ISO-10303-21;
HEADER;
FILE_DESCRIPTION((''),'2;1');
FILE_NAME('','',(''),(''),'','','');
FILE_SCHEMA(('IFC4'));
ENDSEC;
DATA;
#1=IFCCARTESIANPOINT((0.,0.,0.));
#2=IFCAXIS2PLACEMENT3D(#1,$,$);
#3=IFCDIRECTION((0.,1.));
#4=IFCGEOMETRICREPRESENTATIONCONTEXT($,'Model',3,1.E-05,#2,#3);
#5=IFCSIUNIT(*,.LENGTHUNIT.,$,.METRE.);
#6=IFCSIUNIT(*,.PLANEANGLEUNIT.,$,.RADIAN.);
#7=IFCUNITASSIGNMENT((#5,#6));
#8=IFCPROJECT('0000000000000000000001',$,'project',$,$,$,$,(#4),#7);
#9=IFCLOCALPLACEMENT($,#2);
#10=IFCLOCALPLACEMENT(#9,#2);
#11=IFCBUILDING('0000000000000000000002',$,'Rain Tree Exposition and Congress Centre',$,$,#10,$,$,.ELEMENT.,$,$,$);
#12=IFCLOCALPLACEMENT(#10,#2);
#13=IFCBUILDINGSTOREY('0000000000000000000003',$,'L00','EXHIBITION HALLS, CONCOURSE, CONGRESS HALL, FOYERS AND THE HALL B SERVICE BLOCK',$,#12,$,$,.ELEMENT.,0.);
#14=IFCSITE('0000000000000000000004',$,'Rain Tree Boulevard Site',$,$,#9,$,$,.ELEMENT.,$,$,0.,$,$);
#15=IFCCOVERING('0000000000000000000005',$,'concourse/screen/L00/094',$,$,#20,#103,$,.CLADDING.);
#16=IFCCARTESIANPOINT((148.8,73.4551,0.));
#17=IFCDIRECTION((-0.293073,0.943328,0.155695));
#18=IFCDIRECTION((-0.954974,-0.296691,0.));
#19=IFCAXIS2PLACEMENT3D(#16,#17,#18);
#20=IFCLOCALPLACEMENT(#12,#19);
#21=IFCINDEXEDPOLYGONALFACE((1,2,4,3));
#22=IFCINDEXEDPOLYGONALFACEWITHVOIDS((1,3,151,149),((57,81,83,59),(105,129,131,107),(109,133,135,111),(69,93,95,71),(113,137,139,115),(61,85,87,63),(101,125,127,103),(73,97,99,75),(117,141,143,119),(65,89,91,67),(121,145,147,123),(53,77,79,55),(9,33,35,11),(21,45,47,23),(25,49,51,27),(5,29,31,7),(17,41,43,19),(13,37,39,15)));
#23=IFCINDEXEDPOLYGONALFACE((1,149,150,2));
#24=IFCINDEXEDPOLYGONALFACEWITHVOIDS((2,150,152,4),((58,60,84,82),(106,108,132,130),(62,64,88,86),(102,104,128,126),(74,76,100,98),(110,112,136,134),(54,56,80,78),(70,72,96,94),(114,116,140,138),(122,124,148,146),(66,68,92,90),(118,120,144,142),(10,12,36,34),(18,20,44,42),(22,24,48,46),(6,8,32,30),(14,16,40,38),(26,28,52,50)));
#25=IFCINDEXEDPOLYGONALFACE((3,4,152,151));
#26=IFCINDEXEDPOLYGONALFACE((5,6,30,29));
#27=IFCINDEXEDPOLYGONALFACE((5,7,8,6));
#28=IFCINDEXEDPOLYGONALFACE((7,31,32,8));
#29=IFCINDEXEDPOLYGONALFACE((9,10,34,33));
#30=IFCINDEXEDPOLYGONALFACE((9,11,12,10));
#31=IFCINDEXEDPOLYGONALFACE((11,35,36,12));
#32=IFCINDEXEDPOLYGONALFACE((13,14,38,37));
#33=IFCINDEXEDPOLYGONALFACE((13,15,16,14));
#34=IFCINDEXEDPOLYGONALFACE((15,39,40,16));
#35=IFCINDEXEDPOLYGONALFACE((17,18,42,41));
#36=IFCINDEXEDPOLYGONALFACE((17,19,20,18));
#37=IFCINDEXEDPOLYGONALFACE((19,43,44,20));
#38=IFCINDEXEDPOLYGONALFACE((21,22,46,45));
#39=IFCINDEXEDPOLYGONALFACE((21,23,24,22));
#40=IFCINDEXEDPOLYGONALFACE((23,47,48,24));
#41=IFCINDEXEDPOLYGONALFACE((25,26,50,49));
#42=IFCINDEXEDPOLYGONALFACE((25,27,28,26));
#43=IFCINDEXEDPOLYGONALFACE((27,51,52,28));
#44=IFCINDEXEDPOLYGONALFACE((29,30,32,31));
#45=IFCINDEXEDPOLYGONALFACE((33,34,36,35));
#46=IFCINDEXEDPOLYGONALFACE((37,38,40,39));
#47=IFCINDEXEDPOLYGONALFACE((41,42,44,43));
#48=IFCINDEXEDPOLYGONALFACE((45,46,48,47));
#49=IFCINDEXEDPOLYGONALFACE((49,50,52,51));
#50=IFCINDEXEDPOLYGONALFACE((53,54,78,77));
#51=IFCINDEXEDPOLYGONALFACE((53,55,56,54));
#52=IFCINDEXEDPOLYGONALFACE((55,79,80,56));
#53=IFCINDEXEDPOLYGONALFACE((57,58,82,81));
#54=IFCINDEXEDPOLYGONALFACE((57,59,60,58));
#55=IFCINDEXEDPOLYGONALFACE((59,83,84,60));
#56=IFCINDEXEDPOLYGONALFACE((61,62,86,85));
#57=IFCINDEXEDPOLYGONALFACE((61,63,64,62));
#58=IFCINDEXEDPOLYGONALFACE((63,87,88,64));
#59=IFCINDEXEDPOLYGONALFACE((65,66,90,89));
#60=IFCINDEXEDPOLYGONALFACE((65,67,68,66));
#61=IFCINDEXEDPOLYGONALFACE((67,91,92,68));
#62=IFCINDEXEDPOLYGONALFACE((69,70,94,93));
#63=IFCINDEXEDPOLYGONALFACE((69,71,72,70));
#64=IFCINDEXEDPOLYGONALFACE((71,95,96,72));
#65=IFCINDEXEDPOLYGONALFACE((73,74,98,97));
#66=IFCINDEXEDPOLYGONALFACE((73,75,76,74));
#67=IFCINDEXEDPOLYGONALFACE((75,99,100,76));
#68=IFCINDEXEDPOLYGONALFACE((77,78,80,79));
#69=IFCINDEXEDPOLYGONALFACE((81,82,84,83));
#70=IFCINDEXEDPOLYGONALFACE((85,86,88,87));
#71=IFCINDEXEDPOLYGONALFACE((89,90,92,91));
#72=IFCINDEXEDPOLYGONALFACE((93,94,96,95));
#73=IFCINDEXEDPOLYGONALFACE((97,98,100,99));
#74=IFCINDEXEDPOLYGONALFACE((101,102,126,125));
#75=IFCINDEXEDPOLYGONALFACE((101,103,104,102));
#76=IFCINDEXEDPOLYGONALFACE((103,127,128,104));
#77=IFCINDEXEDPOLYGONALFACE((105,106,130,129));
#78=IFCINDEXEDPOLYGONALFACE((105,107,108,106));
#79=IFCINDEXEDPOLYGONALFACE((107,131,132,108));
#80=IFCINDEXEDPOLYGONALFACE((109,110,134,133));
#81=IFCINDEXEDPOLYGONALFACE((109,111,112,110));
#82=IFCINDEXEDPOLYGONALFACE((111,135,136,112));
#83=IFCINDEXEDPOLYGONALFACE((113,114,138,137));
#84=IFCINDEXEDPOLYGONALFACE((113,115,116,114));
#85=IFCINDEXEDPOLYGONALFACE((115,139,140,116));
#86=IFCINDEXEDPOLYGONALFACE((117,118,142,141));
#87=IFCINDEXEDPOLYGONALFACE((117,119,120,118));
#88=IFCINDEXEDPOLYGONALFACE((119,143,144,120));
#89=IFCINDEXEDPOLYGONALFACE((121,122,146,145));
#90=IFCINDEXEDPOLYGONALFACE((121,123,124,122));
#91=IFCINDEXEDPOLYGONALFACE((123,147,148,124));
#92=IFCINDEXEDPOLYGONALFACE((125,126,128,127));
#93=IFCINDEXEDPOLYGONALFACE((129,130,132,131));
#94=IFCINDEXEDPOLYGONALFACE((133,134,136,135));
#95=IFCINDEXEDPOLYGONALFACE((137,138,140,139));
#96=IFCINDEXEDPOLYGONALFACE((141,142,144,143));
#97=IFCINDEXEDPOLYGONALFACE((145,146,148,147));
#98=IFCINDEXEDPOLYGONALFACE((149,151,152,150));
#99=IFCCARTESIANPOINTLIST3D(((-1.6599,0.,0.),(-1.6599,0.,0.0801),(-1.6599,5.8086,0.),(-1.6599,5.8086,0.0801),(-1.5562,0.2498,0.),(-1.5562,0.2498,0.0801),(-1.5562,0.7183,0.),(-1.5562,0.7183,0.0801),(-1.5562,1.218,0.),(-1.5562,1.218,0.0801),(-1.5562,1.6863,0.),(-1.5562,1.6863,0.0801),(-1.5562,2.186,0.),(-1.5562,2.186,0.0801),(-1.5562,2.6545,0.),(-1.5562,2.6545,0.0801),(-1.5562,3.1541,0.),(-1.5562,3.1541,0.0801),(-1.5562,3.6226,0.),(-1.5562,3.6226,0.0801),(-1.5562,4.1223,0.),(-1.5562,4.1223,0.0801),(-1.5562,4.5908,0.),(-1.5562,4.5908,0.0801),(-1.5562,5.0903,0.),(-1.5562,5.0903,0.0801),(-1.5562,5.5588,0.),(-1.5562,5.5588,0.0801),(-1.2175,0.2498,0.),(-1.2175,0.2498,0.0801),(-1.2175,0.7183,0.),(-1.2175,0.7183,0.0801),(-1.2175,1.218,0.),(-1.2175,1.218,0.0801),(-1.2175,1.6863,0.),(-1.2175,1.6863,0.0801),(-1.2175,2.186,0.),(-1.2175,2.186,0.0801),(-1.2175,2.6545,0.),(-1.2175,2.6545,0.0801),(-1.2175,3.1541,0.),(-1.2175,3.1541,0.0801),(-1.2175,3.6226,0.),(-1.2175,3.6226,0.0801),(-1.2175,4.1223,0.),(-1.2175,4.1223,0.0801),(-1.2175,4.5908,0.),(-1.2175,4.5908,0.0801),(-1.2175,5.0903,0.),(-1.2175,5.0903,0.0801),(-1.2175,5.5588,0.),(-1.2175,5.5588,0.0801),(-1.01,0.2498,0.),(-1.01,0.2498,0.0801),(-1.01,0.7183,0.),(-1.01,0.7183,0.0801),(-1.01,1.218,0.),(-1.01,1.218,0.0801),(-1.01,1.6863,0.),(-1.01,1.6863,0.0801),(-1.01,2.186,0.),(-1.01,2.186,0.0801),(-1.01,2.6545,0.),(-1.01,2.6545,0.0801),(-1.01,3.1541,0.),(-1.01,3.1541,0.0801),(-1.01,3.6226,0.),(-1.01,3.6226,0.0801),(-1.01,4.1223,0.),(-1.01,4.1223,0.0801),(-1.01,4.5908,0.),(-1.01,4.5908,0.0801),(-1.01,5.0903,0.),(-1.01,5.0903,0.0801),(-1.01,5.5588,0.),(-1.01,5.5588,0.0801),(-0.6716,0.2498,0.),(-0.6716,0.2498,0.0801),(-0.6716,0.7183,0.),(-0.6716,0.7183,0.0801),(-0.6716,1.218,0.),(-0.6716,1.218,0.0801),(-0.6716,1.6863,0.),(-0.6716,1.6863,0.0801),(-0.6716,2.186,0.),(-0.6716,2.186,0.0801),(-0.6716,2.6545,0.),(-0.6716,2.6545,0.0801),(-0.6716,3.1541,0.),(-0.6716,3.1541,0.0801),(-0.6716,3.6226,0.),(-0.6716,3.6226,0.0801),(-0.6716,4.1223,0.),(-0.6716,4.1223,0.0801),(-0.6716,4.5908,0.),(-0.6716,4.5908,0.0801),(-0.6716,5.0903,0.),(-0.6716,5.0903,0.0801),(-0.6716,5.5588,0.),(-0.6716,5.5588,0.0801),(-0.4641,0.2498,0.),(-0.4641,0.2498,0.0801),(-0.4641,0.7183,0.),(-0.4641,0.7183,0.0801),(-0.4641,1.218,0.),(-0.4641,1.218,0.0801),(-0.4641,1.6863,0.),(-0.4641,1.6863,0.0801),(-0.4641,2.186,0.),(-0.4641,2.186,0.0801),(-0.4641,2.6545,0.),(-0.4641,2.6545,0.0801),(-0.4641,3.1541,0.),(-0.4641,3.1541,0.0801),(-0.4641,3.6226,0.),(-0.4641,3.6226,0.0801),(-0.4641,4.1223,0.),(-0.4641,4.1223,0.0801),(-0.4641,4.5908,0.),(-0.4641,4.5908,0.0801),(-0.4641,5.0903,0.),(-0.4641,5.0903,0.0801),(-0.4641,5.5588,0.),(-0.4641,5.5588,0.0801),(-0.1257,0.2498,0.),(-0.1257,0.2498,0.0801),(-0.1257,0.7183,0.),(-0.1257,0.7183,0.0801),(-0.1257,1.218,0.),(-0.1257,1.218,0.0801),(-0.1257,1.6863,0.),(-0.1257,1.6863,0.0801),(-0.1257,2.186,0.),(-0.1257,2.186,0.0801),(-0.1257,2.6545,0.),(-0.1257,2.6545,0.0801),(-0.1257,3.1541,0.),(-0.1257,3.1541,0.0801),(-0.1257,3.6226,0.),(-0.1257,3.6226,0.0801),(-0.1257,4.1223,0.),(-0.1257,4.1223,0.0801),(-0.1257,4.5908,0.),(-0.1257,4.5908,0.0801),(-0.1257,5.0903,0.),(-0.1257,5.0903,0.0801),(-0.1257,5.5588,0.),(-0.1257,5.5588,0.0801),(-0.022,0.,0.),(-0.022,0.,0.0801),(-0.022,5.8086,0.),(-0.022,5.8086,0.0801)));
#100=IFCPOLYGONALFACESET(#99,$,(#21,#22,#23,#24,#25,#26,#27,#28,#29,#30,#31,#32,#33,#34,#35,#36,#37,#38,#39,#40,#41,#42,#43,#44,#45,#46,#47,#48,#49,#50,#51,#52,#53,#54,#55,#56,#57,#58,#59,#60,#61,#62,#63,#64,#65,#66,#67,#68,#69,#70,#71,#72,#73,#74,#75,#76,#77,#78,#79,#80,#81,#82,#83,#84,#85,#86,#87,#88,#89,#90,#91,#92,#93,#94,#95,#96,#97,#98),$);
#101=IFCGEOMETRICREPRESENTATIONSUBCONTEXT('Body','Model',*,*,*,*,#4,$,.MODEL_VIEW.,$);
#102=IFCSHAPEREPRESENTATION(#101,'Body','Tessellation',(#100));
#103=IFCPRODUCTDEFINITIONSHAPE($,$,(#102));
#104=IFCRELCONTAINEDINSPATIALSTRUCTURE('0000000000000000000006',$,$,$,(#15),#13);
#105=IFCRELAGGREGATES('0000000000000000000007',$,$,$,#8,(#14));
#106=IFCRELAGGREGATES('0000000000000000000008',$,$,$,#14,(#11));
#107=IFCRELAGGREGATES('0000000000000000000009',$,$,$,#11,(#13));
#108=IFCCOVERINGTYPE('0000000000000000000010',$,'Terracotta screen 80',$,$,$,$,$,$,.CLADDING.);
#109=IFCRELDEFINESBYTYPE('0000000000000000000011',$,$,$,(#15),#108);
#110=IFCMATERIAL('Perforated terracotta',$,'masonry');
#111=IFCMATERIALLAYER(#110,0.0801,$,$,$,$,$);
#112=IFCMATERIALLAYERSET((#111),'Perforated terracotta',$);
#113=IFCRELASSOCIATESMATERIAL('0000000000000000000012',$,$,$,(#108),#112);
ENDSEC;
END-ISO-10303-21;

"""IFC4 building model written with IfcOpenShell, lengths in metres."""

from ifc_helpers import new_model, si_unit, direction, frame, origin, place, context, subcontext, project, spatial, polyline, outline, extrude, material, layer, layer_set, type_object, element, save


model = new_model("IFC4")

# Units and contexts
model_context = context("Model", 3, precision=1e-05, world=origin(), true_north=direction((0.0, 1.0)))
body_context = subcontext(model_context, "Body", "Model", "MODEL_VIEW")
ifc_project = project(units=[si_unit("LENGTHUNIT", "METRE"), si_unit("PLANEANGLEUNIT", "RADIAN")], contexts=[model_context])

# Site, building, storey
site_placement = place(None, origin())
site = spatial("IfcSite", under=ifc_project, at=site_placement, Name="Rain Tree Boulevard Site", CompositionType="ELEMENT", RefElevation=0.0)
building_placement = place(site_placement, origin())
building = spatial("IfcBuilding", under=site, at=building_placement, Name="Rain Tree Exposition and Congress Centre", CompositionType="ELEMENT")
storey_placement = place(building_placement, origin())
storey = spatial("IfcBuildingStorey", under=building, at=storey_placement, Name="L00", Description="EXHIBITION HALLS, CONCOURSE, CONGRESS HALL, FOYERS AND THE HALL B SERVICE BLOCK", CompositionType="ELEMENT", Elevation=0.0)

# Covering
ifc_material_1 = material(Name="Perforated terracotta", Category="masonry")
ifc_layer_1 = layer(ifc_material_1, 0.0801)
ifc_layer_set_1 = layer_set([ifc_layer_1], Name="Perforated terracotta")
covering_type = type_object("IfcCoveringType", Name="Terracotta screen 80", PredefinedType="CLADDING", material=ifc_layer_set_1)
covering_1_placement = place(storey_placement, frame((148.8, 73.4551, 0.0), z_axis=(-0.293073, 0.943328, 0.155695), x_axis=(-0.954974, -0.296691, 0.0)))
element("IfcCovering", 1, at=covering_1_placement, inside=storey, type_object=covering_type, Name="concourse/screen/L00/094", PredefinedType="CLADDING", context=body_context, shape_type="SweptSolid", body=[
    extrude(outline(polyline([(-0.022, 0.0), (-1.6599, 0.0), (-1.6599, 5.8086), (-0.022, 5.8086), (-0.022, 0.0)]), holes=[polyline([(-0.1257, 0.2498), (-0.1257, 0.7183), (-0.4641, 0.7183), (-0.4641, 0.2498), (-0.1257, 0.2498)]), polyline([(-0.1257, 1.218), (-0.1257, 1.6863), (-0.4641, 1.6863), (-0.4641, 1.218), (-0.1257, 1.218)]), polyline([(-0.1257, 2.186), (-0.1257, 2.6545), (-0.4641, 2.6545), (-0.4641, 2.186), (-0.1257, 2.186)]), polyline([(-0.1257, 3.1541), (-0.1257, 3.6226), (-0.4641, 3.6226), (-0.4641, 3.1541), (-0.1257, 3.1541)]), polyline([(-0.1257, 4.1223), (-0.1257, 4.5908), (-0.4641, 4.5908), (-0.4641, 4.1223), (-0.1257, 4.1223)]), polyline([(-0.1257, 5.0903), (-0.1257, 5.5588), (-0.4641, 5.5588), (-0.4641, 5.0903), (-0.1257, 5.0903)]), polyline([(-0.6716, 0.2498), (-0.6716, 0.7183), (-1.01, 0.7183), (-1.01, 0.2498), (-0.6716, 0.2498)]), polyline([(-0.6716, 1.218), (-0.6716, 1.6863), (-1.01, 1.6863), (-1.01, 1.218), (-0.6716, 1.218)]), polyline([(-0.6716, 2.186), (-0.6716, 2.6545), (-1.01, 2.6545), (-1.01, 2.186), (-0.6716, 2.186)]), polyline([(-0.6716, 3.1541), (-0.6716, 3.6226), (-1.01, 3.6226), (-1.01, 3.1541), (-0.6716, 3.1541)]), polyline([(-0.6716, 4.1223), (-0.6716, 4.5908), (-1.01, 4.5908), (-1.01, 4.1223), (-0.6716, 4.1223)]), polyline([(-0.6716, 5.0903), (-0.6716, 5.5588), (-1.01, 5.5588), (-1.01, 5.0903), (-0.6716, 5.0903)]), polyline([(-1.2175, 0.2498), (-1.2175, 0.7183), (-1.5562, 0.7183), (-1.5562, 0.2498), (-1.2175, 0.2498)]), polyline([(-1.2175, 1.218), (-1.2175, 1.6863), (-1.5562, 1.6863), (-1.5562, 1.218), (-1.2175, 1.218)]), polyline([(-1.2175, 2.186), (-1.2175, 2.6545), (-1.5562, 2.6545), (-1.5562, 2.186), (-1.2175, 2.186)]), polyline([(-1.2175, 3.1541), (-1.2175, 3.6226), (-1.5562, 3.6226), (-1.5562, 3.1541), (-1.2175, 3.1541)]), polyline([(-1.2175, 4.1223), (-1.2175, 4.5908), (-1.5562, 4.5908), (-1.5562, 4.1223), (-1.2175, 4.1223)]), polyline([(-1.2175, 5.0903), (-1.2175, 5.5588), (-1.5562, 5.5588), (-1.5562, 5.0903), (-1.2175, 5.0903)])]), origin(), (0.0, 0.0, 1.0), 0.0801),
])

save(model, "model.ifc")
